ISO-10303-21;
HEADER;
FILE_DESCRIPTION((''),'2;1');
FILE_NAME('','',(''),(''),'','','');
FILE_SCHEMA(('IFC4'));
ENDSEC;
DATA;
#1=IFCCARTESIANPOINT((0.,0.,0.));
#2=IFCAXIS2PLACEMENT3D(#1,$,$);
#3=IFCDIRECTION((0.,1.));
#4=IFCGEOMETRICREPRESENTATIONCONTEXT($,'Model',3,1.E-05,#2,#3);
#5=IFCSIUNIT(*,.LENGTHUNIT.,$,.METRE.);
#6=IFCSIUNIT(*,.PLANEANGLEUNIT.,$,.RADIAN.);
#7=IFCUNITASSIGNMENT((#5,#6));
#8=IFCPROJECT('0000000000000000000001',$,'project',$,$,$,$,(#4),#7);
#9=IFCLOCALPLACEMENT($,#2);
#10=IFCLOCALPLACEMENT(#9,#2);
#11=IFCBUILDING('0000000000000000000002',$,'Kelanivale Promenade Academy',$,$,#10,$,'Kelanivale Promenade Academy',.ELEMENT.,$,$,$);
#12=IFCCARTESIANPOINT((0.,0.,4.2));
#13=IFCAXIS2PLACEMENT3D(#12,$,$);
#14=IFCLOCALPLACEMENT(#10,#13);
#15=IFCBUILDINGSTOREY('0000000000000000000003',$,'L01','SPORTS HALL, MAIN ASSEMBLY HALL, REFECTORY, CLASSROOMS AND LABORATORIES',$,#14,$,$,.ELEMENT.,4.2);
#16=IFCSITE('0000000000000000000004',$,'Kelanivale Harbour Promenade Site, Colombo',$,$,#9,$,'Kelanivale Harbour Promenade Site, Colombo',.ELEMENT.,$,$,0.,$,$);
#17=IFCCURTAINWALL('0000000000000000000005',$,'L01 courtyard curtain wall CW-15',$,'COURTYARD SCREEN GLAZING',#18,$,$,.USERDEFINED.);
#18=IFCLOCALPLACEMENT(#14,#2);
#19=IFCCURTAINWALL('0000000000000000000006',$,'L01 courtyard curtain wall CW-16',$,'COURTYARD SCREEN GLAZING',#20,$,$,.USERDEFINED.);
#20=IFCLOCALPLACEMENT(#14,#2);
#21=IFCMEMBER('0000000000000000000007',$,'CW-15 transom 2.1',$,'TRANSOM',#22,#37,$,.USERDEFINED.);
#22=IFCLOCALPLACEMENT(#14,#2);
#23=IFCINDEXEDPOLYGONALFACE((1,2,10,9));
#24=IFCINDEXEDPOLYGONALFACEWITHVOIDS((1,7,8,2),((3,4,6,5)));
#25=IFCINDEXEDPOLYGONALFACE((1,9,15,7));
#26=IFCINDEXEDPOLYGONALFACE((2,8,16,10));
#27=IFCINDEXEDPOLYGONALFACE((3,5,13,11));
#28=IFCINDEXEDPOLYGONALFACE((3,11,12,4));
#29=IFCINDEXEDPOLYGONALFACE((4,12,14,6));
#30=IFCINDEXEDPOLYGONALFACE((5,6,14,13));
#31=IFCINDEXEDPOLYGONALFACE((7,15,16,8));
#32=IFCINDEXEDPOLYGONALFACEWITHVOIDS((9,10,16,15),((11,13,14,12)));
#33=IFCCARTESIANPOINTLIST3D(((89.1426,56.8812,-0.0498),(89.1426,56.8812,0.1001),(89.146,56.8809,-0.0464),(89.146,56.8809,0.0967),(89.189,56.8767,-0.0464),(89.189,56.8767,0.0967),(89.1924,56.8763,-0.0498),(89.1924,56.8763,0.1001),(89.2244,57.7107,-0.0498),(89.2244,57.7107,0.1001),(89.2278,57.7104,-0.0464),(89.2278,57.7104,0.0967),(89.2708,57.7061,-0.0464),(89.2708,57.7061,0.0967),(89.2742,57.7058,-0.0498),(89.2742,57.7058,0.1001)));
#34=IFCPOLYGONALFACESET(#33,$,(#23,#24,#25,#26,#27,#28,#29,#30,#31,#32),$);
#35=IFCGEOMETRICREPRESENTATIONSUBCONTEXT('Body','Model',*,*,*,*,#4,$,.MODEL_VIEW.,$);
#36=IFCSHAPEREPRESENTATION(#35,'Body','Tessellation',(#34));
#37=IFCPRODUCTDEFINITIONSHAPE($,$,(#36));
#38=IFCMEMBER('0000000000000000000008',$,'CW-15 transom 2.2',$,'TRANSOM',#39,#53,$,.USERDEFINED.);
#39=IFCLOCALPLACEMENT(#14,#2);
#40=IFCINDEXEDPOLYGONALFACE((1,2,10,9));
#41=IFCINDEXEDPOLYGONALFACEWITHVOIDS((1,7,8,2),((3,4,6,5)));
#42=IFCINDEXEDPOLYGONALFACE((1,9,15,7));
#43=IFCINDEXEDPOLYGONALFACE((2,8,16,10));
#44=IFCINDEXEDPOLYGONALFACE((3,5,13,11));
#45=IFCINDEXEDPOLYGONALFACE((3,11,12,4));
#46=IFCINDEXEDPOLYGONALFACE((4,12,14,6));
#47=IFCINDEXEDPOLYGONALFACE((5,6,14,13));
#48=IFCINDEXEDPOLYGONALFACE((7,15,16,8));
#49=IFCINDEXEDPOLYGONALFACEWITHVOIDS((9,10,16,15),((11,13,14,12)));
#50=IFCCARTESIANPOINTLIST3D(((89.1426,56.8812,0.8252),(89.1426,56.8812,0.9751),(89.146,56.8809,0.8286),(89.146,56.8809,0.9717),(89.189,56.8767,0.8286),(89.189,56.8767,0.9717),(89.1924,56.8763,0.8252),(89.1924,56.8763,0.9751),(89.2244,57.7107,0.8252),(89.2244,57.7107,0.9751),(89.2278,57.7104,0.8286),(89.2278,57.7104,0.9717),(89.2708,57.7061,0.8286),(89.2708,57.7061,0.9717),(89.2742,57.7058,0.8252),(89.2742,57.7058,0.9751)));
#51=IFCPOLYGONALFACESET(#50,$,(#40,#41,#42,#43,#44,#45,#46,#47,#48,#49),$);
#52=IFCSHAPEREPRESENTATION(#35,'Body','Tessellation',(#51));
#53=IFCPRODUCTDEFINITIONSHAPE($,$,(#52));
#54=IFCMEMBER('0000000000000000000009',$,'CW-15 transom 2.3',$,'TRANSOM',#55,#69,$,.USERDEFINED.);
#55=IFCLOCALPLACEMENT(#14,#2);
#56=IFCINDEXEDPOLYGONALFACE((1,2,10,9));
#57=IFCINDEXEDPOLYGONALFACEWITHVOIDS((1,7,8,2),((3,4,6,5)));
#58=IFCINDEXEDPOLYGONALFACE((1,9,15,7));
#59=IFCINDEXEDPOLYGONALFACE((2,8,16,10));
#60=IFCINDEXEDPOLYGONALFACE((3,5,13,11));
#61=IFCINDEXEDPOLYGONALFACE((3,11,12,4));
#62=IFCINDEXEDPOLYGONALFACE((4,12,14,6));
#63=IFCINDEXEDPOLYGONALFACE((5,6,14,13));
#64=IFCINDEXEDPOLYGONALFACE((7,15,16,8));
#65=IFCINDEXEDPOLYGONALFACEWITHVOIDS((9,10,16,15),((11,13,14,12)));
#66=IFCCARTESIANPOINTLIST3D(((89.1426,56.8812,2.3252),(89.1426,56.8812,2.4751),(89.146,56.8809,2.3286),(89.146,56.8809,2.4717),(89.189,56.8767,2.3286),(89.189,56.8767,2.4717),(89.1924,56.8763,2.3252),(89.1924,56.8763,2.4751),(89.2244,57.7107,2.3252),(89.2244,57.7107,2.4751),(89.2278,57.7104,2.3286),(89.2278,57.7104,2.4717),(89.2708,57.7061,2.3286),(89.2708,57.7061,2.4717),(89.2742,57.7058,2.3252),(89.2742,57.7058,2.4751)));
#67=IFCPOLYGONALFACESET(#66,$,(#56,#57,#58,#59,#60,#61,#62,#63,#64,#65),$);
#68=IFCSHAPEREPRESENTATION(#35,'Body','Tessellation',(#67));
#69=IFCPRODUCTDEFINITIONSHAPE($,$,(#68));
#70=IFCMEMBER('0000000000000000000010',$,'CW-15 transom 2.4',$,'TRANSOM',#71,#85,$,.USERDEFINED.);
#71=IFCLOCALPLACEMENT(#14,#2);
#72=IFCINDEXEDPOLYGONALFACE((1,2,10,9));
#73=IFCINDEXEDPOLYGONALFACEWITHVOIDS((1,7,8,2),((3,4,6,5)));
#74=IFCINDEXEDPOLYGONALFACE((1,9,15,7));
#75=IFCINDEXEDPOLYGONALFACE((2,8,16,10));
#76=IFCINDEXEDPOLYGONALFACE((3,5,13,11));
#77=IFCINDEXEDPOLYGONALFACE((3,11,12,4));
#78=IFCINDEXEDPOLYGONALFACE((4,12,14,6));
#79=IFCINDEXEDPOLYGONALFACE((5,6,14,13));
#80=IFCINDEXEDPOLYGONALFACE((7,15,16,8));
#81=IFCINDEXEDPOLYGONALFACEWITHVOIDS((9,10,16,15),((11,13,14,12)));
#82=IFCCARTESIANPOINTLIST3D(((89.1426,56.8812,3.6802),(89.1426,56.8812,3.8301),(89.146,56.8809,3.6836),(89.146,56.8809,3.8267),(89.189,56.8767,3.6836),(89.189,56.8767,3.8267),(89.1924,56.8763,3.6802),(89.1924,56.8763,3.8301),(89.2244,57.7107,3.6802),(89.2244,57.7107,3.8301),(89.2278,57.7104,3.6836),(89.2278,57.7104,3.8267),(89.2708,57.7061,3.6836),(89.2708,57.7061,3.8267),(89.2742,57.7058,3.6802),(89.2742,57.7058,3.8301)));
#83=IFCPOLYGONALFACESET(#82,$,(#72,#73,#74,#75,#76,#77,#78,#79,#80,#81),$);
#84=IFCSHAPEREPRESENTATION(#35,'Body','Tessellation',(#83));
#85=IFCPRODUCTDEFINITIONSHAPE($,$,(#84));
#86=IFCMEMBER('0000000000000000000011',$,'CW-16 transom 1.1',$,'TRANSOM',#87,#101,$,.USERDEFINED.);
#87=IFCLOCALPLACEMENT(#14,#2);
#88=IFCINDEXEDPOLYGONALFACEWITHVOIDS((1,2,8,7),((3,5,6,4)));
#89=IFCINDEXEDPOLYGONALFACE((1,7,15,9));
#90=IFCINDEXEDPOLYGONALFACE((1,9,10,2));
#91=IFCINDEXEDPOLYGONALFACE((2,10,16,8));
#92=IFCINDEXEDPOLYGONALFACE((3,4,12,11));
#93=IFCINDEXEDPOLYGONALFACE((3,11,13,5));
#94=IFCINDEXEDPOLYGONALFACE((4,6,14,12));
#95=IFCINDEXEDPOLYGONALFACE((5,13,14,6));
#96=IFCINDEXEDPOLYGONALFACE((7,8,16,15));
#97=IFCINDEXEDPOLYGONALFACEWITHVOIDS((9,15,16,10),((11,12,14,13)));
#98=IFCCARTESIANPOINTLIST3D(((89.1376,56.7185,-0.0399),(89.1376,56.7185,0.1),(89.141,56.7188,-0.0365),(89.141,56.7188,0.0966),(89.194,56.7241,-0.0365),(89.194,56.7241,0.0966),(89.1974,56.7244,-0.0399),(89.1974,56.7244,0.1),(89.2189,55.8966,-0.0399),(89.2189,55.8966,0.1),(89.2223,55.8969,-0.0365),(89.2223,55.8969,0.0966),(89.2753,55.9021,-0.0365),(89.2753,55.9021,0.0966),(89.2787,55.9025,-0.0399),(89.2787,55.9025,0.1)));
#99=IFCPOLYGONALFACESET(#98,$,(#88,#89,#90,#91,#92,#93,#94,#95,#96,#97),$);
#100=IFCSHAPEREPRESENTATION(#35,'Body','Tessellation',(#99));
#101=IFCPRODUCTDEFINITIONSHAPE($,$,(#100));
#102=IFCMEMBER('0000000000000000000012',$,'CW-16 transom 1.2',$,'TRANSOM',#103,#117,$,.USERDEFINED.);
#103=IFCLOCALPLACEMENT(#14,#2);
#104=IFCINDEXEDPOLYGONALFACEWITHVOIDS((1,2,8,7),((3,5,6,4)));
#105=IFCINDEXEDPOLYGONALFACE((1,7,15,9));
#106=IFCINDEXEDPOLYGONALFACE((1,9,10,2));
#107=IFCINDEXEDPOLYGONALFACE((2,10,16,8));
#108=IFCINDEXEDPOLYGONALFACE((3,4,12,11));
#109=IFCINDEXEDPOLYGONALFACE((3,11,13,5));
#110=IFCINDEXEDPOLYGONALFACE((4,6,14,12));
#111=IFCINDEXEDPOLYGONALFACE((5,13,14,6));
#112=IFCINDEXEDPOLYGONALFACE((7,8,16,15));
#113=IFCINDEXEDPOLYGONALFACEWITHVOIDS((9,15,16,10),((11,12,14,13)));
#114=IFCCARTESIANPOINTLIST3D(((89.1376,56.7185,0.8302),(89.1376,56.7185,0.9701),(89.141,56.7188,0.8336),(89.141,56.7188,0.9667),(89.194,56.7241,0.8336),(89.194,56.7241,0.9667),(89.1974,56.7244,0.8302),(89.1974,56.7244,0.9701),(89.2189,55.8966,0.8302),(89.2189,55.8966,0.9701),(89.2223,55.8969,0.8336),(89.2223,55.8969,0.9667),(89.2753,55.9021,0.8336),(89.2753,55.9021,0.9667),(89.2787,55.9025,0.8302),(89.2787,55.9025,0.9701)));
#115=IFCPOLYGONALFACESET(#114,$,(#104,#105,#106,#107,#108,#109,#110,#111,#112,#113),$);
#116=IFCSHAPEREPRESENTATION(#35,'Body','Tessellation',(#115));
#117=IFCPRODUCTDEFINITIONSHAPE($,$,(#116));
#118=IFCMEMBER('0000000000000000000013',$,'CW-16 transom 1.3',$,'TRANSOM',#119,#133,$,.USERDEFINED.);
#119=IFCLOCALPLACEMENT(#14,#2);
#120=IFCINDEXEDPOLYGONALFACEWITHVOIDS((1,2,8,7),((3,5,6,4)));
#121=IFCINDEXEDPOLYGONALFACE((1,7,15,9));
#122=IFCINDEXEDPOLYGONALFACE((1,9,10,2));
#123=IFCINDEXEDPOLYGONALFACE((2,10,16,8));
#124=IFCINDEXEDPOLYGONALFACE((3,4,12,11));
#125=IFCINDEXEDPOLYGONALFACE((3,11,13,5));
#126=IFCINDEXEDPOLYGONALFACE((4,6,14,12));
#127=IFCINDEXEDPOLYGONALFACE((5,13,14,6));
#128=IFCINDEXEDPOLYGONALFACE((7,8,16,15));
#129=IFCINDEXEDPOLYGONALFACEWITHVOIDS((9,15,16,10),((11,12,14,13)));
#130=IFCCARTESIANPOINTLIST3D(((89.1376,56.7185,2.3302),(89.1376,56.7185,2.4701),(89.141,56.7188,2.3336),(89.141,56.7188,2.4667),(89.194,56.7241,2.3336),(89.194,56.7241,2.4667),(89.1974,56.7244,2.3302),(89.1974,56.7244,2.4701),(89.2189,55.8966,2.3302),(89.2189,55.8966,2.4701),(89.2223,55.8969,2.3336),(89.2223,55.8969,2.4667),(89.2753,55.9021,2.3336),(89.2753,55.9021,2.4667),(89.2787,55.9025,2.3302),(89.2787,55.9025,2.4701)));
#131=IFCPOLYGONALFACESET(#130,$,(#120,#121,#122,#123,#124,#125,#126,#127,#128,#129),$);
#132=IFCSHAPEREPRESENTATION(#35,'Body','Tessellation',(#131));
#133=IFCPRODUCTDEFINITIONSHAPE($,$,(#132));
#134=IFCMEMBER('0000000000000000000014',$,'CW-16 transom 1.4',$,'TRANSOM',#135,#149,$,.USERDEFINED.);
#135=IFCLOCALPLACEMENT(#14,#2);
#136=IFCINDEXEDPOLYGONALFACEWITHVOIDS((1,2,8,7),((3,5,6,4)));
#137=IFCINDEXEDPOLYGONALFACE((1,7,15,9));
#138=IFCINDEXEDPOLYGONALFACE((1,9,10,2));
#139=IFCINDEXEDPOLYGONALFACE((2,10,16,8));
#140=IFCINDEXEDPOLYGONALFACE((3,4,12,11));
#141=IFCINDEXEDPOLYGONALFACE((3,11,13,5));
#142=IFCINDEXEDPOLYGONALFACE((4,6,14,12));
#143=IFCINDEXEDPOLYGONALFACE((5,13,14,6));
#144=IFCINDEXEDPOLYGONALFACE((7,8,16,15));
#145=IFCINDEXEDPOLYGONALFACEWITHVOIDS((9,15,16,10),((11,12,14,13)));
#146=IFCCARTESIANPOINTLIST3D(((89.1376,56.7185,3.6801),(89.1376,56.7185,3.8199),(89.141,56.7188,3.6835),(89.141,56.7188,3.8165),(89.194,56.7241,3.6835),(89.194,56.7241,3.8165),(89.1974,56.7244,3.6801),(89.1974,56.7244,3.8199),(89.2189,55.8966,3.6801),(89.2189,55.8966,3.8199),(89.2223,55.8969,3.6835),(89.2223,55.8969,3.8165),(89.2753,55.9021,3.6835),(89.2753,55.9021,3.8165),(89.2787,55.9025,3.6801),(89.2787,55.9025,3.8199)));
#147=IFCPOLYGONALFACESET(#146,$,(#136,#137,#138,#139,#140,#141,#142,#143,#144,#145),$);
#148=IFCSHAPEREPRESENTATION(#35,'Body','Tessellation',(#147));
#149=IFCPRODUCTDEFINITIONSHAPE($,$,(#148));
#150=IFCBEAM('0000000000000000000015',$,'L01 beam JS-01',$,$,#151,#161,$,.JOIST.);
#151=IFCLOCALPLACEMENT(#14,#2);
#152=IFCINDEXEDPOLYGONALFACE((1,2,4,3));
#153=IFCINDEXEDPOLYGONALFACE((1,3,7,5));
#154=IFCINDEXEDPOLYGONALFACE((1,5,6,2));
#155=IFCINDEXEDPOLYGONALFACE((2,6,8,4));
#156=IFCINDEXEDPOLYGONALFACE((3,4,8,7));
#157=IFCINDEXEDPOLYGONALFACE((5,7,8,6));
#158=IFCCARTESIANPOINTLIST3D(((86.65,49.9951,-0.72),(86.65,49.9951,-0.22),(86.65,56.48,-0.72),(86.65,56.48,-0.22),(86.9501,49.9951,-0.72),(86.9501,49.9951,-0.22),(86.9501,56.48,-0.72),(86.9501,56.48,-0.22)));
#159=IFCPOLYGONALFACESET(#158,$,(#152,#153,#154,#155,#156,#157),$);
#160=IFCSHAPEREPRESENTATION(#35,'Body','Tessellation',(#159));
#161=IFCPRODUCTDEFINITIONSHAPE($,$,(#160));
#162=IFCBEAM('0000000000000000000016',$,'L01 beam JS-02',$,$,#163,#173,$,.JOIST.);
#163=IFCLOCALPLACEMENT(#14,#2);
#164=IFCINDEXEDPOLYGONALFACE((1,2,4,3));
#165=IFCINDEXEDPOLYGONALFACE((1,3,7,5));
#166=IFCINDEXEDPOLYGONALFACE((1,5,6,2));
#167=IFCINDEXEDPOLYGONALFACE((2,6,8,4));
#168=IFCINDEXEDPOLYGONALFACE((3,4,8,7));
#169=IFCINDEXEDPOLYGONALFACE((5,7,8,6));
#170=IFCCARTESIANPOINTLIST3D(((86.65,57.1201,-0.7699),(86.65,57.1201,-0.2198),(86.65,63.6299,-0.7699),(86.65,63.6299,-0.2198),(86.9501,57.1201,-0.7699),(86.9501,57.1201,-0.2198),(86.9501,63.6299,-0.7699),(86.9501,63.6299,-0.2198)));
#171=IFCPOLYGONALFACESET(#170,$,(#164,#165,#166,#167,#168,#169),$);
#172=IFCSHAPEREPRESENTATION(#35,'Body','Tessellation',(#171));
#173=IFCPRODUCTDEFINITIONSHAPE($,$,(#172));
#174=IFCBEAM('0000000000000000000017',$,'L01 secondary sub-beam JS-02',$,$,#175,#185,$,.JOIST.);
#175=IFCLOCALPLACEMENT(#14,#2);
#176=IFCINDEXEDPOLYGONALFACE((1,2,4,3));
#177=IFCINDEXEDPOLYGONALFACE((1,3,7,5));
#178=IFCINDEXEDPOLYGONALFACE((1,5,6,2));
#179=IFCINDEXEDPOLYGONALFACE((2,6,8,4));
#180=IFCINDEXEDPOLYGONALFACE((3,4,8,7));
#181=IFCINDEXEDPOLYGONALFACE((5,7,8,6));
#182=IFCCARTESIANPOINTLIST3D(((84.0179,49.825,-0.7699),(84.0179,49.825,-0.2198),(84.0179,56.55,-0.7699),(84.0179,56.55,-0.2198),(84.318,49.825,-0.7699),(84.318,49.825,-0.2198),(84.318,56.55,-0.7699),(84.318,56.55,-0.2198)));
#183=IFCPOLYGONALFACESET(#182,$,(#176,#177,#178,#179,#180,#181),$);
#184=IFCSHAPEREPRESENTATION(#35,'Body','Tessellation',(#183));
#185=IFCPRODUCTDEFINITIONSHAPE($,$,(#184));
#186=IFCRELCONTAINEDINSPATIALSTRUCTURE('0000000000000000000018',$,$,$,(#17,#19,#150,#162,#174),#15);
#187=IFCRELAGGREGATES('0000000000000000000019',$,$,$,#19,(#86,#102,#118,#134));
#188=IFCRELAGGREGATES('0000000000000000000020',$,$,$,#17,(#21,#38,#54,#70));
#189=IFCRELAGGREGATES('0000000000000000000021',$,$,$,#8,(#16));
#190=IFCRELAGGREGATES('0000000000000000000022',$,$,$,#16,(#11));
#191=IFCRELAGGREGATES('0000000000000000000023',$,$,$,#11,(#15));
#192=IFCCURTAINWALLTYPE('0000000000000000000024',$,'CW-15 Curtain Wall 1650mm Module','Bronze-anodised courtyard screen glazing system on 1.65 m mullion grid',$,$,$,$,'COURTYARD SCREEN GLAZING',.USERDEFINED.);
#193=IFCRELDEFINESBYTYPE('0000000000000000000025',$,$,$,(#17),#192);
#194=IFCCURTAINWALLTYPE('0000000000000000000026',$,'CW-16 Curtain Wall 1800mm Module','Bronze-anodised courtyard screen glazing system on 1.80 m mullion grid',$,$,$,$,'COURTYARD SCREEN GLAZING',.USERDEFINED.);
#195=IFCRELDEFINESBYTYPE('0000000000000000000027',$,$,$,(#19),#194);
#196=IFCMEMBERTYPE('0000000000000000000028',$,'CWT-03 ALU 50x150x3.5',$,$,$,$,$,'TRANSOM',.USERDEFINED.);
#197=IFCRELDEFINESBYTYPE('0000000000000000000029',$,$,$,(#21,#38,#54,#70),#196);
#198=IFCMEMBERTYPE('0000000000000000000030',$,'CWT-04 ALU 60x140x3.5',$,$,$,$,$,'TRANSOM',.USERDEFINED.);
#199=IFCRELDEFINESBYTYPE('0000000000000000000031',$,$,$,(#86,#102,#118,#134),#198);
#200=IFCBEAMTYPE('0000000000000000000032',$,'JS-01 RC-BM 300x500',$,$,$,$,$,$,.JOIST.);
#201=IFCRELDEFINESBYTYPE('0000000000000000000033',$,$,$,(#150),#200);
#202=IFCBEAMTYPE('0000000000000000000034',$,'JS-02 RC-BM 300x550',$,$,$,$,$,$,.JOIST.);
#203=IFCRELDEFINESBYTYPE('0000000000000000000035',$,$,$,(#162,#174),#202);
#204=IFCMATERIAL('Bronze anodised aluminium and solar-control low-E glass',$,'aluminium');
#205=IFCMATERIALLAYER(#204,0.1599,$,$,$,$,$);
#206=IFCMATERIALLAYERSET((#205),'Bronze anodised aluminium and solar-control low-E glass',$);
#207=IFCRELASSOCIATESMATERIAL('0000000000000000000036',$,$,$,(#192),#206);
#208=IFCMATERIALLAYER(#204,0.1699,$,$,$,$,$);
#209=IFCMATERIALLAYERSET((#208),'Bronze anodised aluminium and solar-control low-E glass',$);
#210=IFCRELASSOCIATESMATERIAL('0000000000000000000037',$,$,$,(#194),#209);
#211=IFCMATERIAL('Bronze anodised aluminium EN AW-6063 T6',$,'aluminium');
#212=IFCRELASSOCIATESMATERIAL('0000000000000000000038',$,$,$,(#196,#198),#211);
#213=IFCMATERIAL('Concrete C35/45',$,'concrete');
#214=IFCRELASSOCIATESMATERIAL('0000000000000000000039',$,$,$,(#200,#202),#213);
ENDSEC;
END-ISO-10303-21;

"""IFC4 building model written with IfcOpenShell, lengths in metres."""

from ifc_helpers import new_model, si_unit, direction, frame, origin, origin_2d, place, context, subcontext, project, spatial, rectangle, hollow_rectangle, extrude, material, layer, layer_set, material_profile, profile_set, type_object, element, aggregate, save


model = new_model("IFC4")

# Units and contexts
model_context = context("Model", 3, precision=1e-05, world=origin(), true_north=direction((0.0, 1.0)))
body_context = subcontext(model_context, "Body", "Model", "MODEL_VIEW")
ifc_project = project(units=[si_unit("LENGTHUNIT", "METRE"), si_unit("PLANEANGLEUNIT", "RADIAN")], contexts=[model_context])

# Site, building, storey
site_placement = place(None, origin())
site = spatial("IfcSite", under=ifc_project, at=site_placement, Name="Kelanivale Harbour Promenade Site, Colombo", LongName="Kelanivale Harbour Promenade Site, Colombo", CompositionType="ELEMENT", RefElevation=0.0)
building_placement = place(site_placement, origin())
building = spatial("IfcBuilding", under=site, at=building_placement, Name="Kelanivale Promenade Academy", LongName="Kelanivale Promenade Academy", CompositionType="ELEMENT")
storey_placement = place(building_placement, frame((0.0, 0.0, 4.2)))
storey = spatial("IfcBuildingStorey", under=building, at=storey_placement, Name="L01", Description="SPORTS HALL, MAIN ASSEMBLY HALL, REFECTORY, CLASSROOMS AND LABORATORIES", CompositionType="ELEMENT", Elevation=4.2)

# Shared definitions
ifc_material_1 = material(Name="Concrete C35/45", Category="concrete")

# Curtain walls
ifc_material_2 = material(Name="Bronze anodised aluminium and solar-control low-E glass", Category="aluminium")
ifc_layer_1 = layer(ifc_material_2, 0.1599)
ifc_layer_set_1 = layer_set([ifc_layer_1], Name="Bronze anodised aluminium and solar-control low-E glass")
curtain_wall_type_1 = type_object("IfcCurtainWallType", Name="CW-15 Curtain Wall 1650mm Module", Description="Bronze-anodised courtyard screen glazing system on 1.65 m mullion grid", ElementType="COURTYARD SCREEN GLAZING", PredefinedType="USERDEFINED", material=ifc_layer_set_1)
curtain_wall_1_placement = place(storey_placement, origin())
curtain_wall_1 = element("IfcCurtainWall", 1, at=curtain_wall_1_placement, inside=storey, type_object=curtain_wall_type_1, Name="L01 courtyard curtain wall CW-15", ObjectType="COURTYARD SCREEN GLAZING", PredefinedType="USERDEFINED")
ifc_material_3 = material(Name="Bronze anodised aluminium EN AW-6063 T6", Category="aluminium")
ifc_layer_2 = layer(ifc_material_2, 0.1699)
ifc_layer_set_2 = layer_set([ifc_layer_2], Name="Bronze anodised aluminium and solar-control low-E glass")
curtain_wall_type_2 = type_object("IfcCurtainWallType", Name="CW-16 Curtain Wall 1800mm Module", Description="Bronze-anodised courtyard screen glazing system on 1.80 m mullion grid", ElementType="COURTYARD SCREEN GLAZING", PredefinedType="USERDEFINED", material=ifc_layer_set_2)
curtain_wall_2_placement = place(storey_placement, origin())
curtain_wall_2 = element("IfcCurtainWall", 2, at=curtain_wall_2_placement, inside=storey, type_object=curtain_wall_type_2, Name="L01 courtyard curtain wall CW-16", ObjectType="COURTYARD SCREEN GLAZING", PredefinedType="USERDEFINED")

# Members
ifc_material_profile_1 = material_profile(ifc_material_3, hollow_rectangle(XDim=0.05, YDim=0.1499, WallThickness=0.0034, at=origin_2d()), Name="ALU 50x150x3.5")
ifc_profile_set_1 = profile_set([ifc_material_profile_1], Name="Bronze anodised aluminium EN AW-6063 T6")
member_type_1 = type_object("IfcMemberType", Name="CWT-03 ALU 50x150x3.5", ElementType="TRANSOM", PredefinedType="USERDEFINED", material=ifc_profile_set_1)
member_1_placement = place(storey_placement, frame((89.2493, 57.7083, 0.0251), z_axis=(-0.098112, -0.995175, 0.0), x_axis=(0.995175, -0.098112, 0.0)))
member_1 = element("IfcMember", 3, at=member_1_placement, type_object=member_type_1, Name="CW-15 transom 2.1", ObjectType="TRANSOM", PredefinedType="USERDEFINED", context=body_context, shape_type="SweptSolid", body=[
    extrude(hollow_rectangle(XDim=0.05, YDim=0.1499, WallThickness=0.0034, at=origin_2d()), origin(), (0.0, 0.0, 1.0), 0.8335),
])
member_2_placement = place(storey_placement, frame((89.2493, 57.7083, 0.9001), z_axis=(-0.098112, -0.995175, 0.0), x_axis=(0.995175, -0.098112, 0.0)))
member_2 = element("IfcMember", 4, at=member_2_placement, type_object=member_type_1, Name="CW-15 transom 2.2", ObjectType="TRANSOM", PredefinedType="USERDEFINED", context=body_context, shape_type="SweptSolid", body=[
    extrude(hollow_rectangle(XDim=0.05, YDim=0.1499, WallThickness=0.0034, at=origin_2d()), origin(), (0.0, 0.0, 1.0), 0.8335),
])
member_3_placement = place(storey_placement, frame((89.2493, 57.7083, 2.4001), z_axis=(-0.098112, -0.995175, 0.0), x_axis=(0.995175, -0.098112, 0.0)))
member_3 = element("IfcMember", 5, at=member_3_placement, type_object=member_type_1, Name="CW-15 transom 2.3", ObjectType="TRANSOM", PredefinedType="USERDEFINED", context=body_context, shape_type="SweptSolid", body=[
    extrude(hollow_rectangle(XDim=0.05, YDim=0.1499, WallThickness=0.0034, at=origin_2d()), origin(), (0.0, 0.0, 1.0), 0.8335),
])
member_4_placement = place(storey_placement, frame((89.2493, 57.7083, 3.7551), z_axis=(-0.098112, -0.995175, 0.0), x_axis=(0.995175, -0.098112, 0.0)))
member_4 = element("IfcMember", 6, at=member_4_placement, type_object=member_type_1, Name="CW-15 transom 2.4", ObjectType="TRANSOM", PredefinedType="USERDEFINED", context=body_context, shape_type="SweptSolid", body=[
    extrude(hollow_rectangle(XDim=0.05, YDim=0.1499, WallThickness=0.0034, at=origin_2d()), origin(), (0.0, 0.0, 1.0), 0.8335),
])
ifc_material_profile_2 = material_profile(ifc_material_3, hollow_rectangle(XDim=0.0601, YDim=0.1399, WallThickness=0.0034, at=origin_2d()), Name="ALU 60x140x3.5")
ifc_profile_set_2 = profile_set([ifc_material_profile_2], Name="Bronze anodised aluminium EN AW-6063 T6")
member_type_2 = type_object("IfcMemberType", Name="CWT-04 ALU 60x140x3.5", ElementType="TRANSOM", PredefinedType="USERDEFINED", material=ifc_profile_set_2)
member_5_placement = place(storey_placement, frame((89.1675, 56.7214, 0.03), z_axis=(0.098421, -0.995145, 0.0), x_axis=(0.995145, 0.098421, 0.0)))
member_5 = element("IfcMember", 7, at=member_5_placement, type_object=member_type_2, Name="CW-16 transom 1.1", ObjectType="TRANSOM", PredefinedType="USERDEFINED", context=body_context, shape_type="SweptSolid", body=[
    extrude(hollow_rectangle(XDim=0.0601, YDim=0.1399, WallThickness=0.0034, at=origin_2d()), origin(), (0.0, 0.0, 1.0), 0.8259),
])
member_6_placement = place(storey_placement, frame((89.1675, 56.7214, 0.9001), z_axis=(0.098421, -0.995145, 0.0), x_axis=(0.995145, 0.098421, 0.0)))
member_6 = element("IfcMember", 8, at=member_6_placement, type_object=member_type_2, Name="CW-16 transom 1.2", ObjectType="TRANSOM", PredefinedType="USERDEFINED", context=body_context, shape_type="SweptSolid", body=[
    extrude(hollow_rectangle(XDim=0.0601, YDim=0.1399, WallThickness=0.0034, at=origin_2d()), origin(), (0.0, 0.0, 1.0), 0.8259),
])
member_7_placement = place(storey_placement, frame((89.1675, 56.7214, 2.4001), z_axis=(0.098421, -0.995145, 0.0), x_axis=(0.995145, 0.098421, 0.0)))
member_7 = element("IfcMember", 9, at=member_7_placement, type_object=member_type_2, Name="CW-16 transom 1.3", ObjectType="TRANSOM", PredefinedType="USERDEFINED", context=body_context, shape_type="SweptSolid", body=[
    extrude(hollow_rectangle(XDim=0.0601, YDim=0.1399, WallThickness=0.0034, at=origin_2d()), origin(), (0.0, 0.0, 1.0), 0.8259),
])
member_8_placement = place(storey_placement, frame((89.1675, 56.7214, 3.75), z_axis=(0.098421, -0.995145, 0.0), x_axis=(0.995145, 0.098421, 0.0)))
member_8 = element("IfcMember", 10, at=member_8_placement, type_object=member_type_2, Name="CW-16 transom 1.4", ObjectType="TRANSOM", PredefinedType="USERDEFINED", context=body_context, shape_type="SweptSolid", body=[
    extrude(hollow_rectangle(XDim=0.0601, YDim=0.1399, WallThickness=0.0034, at=origin_2d()), origin(), (0.0, 0.0, 1.0), 0.8259),
])

# Beams
ifc_material_profile_3 = material_profile(ifc_material_1, rectangle(XDim=0.3, YDim=0.5, at=origin_2d()), Name="RC-BM 300x500")
ifc_profile_set_3 = profile_set([ifc_material_profile_3], Name="Concrete C35/45")
beam_type_1 = type_object("IfcBeamType", Name="JS-01 RC-BM 300x500", PredefinedType="JOIST", material=ifc_profile_set_3)
beam_1_placement = place(storey_placement, frame((86.8, 49.9951, -0.47), z_axis=(0.0, 1.0, 0.0), x_axis=(-1.0, 0.0, 0.0)))
element("IfcBeam", 11, at=beam_1_placement, inside=storey, type_object=beam_type_1, Name="L01 beam JS-01", PredefinedType="JOIST", context=body_context, shape_type="SweptSolid", body=[
    extrude(rectangle(XDim=0.3, YDim=0.5, at=origin_2d()), origin(), (0.0, 0.0, 1.0), 6.4849),
])
ifc_material_profile_4 = material_profile(ifc_material_1, rectangle(XDim=0.3, YDim=0.55, at=origin_2d()), Name="RC-BM 300x550")
ifc_profile_set_4 = profile_set([ifc_material_profile_4], Name="Concrete C35/45")
beam_type_2 = type_object("IfcBeamType", Name="JS-02 RC-BM 300x550", PredefinedType="JOIST", material=ifc_profile_set_4)
beam_2_placement = place(storey_placement, frame((86.8, 57.1201, -0.4949), z_axis=(0.0, 1.0, 0.0), x_axis=(-1.0, 0.0, 0.0)))
element("IfcBeam", 12, at=beam_2_placement, inside=storey, type_object=beam_type_2, Name="L01 beam JS-02", PredefinedType="JOIST", context=body_context, shape_type="SweptSolid", body=[
    extrude(rectangle(XDim=0.3, YDim=0.55, at=origin_2d()), origin(), (0.0, 0.0, 1.0), 6.5098),
])
beam_3_placement = place(storey_placement, frame((84.168, 49.825, -0.4949), z_axis=(0.0, 1.0, 0.0), x_axis=(-1.0, 0.0, 0.0)))
element("IfcBeam", 13, at=beam_3_placement, inside=storey, type_object=beam_type_2, Name="L01 secondary sub-beam JS-02", PredefinedType="JOIST", context=body_context, shape_type="SweptSolid", body=[
    extrude(rectangle(XDim=0.3, YDim=0.55, at=origin_2d()), origin(), (0.0, 0.0, 1.0), 6.7251),
])

aggregate(curtain_wall_2, [member_5, member_6, member_7, member_8])
aggregate(curtain_wall_1, [member_1, member_2, member_3, member_4])

save(model, "model.ifc")
